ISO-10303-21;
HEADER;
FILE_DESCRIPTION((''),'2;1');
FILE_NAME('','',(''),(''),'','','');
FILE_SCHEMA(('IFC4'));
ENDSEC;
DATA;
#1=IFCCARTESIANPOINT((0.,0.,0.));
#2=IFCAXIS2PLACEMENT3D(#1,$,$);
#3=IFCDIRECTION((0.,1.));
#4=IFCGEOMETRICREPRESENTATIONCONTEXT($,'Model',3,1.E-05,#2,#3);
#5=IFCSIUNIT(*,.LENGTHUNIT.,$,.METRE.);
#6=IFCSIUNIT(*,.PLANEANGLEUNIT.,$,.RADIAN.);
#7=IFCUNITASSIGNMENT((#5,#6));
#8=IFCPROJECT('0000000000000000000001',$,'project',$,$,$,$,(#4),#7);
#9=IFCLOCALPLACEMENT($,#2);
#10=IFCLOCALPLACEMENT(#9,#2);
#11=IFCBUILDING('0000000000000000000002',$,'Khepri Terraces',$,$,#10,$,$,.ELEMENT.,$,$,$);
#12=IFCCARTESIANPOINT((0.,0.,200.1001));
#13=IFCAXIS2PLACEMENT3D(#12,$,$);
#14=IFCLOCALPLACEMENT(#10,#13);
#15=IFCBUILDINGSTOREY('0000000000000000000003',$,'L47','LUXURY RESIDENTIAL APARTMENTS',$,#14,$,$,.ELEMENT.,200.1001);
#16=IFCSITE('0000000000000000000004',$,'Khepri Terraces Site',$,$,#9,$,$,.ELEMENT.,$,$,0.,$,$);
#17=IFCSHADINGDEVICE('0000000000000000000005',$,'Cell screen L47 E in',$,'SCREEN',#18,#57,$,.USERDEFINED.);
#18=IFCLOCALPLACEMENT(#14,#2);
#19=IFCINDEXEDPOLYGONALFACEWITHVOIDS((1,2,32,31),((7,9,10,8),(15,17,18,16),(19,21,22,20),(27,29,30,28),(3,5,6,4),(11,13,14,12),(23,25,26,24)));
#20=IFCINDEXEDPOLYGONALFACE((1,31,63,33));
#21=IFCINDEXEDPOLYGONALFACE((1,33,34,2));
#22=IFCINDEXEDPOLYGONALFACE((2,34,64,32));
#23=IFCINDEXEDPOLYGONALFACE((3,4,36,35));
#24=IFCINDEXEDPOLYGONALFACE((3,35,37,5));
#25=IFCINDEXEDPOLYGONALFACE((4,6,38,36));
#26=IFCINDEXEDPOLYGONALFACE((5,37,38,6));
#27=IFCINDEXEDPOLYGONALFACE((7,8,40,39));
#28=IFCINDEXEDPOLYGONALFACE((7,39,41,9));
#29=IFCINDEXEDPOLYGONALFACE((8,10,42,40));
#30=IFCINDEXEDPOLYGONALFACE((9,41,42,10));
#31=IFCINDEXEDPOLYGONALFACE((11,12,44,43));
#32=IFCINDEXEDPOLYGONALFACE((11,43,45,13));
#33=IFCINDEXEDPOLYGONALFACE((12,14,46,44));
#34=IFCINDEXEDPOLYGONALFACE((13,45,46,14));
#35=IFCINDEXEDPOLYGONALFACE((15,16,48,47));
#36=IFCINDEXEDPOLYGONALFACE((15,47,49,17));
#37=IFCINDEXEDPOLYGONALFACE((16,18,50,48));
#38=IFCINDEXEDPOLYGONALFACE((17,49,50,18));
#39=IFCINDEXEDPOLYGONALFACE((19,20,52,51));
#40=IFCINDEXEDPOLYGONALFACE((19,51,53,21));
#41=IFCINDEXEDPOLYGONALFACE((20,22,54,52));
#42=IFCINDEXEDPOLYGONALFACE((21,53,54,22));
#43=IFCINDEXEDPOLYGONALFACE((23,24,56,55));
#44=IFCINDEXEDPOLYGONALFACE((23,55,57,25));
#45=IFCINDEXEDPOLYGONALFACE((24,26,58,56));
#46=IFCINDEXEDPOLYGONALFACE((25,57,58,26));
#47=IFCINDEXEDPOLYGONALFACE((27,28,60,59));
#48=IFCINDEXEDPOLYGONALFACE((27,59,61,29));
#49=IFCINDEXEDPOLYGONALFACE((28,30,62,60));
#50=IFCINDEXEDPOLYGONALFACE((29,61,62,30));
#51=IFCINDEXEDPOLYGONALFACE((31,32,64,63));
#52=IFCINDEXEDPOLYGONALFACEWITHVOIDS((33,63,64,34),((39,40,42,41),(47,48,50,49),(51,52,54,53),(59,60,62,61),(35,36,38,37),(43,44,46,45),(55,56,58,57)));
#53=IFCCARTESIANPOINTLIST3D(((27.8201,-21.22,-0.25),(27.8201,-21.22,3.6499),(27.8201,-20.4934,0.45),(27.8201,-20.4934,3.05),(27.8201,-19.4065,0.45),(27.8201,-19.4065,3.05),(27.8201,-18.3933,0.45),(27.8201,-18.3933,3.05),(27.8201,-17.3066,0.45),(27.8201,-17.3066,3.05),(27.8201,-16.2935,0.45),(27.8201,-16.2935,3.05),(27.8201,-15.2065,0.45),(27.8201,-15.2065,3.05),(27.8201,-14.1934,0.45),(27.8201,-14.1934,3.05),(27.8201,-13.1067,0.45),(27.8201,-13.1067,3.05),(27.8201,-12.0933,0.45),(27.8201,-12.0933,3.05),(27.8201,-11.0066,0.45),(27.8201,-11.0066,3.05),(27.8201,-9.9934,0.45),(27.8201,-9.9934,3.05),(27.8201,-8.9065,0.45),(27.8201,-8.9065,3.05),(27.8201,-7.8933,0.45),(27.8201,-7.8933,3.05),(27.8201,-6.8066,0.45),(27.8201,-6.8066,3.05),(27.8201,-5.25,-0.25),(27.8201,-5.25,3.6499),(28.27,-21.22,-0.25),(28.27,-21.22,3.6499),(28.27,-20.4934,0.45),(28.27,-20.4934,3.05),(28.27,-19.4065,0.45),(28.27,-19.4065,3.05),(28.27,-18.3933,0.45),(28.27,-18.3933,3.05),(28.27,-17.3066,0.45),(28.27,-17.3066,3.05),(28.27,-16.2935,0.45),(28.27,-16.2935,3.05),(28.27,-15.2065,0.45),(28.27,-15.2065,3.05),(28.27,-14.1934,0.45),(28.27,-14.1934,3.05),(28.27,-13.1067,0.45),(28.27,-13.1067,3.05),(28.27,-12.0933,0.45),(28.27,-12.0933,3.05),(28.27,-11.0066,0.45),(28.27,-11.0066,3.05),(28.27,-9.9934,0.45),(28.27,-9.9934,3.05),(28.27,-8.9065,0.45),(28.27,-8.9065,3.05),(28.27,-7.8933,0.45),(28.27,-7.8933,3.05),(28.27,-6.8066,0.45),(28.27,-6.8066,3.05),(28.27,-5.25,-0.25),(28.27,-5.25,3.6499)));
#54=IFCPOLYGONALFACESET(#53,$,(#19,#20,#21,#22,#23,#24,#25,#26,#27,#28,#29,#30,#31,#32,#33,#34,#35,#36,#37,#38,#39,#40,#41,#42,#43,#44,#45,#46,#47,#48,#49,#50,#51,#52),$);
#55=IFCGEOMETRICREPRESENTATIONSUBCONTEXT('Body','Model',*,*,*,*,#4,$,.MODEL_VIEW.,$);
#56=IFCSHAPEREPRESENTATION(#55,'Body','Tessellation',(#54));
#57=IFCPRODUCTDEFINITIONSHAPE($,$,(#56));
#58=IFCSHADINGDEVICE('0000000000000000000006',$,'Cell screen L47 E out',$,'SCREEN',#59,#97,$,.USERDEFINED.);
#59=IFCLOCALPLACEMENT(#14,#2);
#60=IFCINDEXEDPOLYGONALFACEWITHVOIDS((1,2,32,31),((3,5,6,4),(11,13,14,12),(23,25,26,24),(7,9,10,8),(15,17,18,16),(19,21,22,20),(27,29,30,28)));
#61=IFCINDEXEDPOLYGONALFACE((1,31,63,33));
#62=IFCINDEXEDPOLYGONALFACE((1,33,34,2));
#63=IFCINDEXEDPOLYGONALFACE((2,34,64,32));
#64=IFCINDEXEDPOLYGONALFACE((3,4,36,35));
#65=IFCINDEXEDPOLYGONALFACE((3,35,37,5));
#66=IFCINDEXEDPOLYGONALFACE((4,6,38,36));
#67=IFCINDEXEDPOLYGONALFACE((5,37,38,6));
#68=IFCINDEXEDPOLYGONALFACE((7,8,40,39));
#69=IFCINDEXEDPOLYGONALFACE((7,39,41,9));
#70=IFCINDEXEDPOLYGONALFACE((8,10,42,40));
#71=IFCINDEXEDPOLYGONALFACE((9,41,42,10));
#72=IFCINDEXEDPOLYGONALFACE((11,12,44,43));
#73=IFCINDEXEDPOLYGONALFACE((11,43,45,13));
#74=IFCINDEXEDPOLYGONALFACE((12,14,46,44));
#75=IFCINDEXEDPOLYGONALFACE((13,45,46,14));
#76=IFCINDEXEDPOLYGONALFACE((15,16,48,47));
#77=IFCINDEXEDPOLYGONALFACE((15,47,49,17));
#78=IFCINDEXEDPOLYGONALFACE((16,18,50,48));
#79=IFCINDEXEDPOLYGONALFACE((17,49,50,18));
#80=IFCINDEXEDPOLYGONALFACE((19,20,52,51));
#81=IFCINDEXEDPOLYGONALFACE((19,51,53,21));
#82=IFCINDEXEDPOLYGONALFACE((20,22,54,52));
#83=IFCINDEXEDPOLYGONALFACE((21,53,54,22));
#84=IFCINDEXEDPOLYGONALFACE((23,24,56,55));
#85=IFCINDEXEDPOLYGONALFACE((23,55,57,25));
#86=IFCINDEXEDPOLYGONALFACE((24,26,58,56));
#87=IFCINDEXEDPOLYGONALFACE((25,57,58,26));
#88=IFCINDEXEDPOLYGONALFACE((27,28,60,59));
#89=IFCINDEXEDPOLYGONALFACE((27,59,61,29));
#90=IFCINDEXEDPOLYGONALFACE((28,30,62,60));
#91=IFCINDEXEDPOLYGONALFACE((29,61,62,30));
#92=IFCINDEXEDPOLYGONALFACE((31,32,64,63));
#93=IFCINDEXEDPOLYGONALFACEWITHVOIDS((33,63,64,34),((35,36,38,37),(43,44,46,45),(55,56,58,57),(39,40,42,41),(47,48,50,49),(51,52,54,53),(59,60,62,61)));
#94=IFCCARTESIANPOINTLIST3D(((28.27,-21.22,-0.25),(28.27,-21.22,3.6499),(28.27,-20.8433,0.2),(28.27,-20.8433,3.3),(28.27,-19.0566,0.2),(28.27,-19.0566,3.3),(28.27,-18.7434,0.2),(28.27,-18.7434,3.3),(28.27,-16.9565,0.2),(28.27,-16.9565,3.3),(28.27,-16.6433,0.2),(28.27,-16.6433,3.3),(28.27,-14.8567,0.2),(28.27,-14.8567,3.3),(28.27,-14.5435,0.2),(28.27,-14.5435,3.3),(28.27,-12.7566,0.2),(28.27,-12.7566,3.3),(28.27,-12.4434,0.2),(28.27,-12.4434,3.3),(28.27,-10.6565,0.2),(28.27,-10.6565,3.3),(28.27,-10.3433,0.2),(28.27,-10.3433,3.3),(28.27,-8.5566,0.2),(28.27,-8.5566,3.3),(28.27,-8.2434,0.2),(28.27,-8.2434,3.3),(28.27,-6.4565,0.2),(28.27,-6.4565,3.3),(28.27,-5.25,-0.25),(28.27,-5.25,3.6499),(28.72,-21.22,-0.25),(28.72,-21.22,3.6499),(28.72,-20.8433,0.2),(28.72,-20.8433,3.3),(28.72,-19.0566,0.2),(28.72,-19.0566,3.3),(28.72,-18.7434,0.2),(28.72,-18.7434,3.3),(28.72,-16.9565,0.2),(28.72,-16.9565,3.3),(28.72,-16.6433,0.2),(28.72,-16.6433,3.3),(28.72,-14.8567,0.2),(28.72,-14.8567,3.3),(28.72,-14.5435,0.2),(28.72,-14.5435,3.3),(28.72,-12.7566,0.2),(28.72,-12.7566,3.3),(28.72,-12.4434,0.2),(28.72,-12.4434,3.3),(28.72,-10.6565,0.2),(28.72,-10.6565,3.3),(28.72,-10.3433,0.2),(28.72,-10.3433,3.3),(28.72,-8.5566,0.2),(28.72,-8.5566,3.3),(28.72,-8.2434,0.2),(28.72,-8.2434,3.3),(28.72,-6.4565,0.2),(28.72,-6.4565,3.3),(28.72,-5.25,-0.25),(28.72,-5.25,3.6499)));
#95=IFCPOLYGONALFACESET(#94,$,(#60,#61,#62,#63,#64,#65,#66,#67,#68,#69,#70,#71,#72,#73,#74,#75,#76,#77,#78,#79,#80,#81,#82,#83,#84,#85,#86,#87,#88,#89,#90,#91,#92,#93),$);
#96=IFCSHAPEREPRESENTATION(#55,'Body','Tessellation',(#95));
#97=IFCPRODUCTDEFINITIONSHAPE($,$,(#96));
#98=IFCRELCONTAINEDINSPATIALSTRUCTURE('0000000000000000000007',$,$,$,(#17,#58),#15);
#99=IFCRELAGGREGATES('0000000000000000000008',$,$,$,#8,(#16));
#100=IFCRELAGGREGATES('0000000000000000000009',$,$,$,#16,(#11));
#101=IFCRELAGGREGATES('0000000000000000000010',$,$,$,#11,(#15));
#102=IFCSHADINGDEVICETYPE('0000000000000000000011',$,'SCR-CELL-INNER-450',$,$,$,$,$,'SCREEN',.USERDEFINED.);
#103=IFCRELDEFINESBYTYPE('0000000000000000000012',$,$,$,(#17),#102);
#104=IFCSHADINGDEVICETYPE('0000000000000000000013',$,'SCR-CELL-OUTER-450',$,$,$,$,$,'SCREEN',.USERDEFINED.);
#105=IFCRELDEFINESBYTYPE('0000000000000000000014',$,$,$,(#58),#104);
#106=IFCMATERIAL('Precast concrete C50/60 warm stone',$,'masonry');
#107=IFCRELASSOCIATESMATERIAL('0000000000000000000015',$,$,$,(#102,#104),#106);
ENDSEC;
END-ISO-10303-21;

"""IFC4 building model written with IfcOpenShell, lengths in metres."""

from ifc_helpers import new_model, si_unit, direction, frame, origin, place, context, subcontext, project, spatial, polyline, outline, extrude, material, type_object, element, save


model = new_model("IFC4")

# Units and contexts
model_context = context("Model", 3, precision=1e-05, world=origin(), true_north=direction((0.0, 1.0)))
body_context = subcontext(model_context, "Body", "Model", "MODEL_VIEW")
ifc_project = project(units=[si_unit("LENGTHUNIT", "METRE"), si_unit("PLANEANGLEUNIT", "RADIAN")], contexts=[model_context])

# Site, building, storey
site_placement = place(None, origin())
site = spatial("IfcSite", under=ifc_project, at=site_placement, Name="Khepri Terraces Site", CompositionType="ELEMENT", RefElevation=0.0)
building_placement = place(site_placement, origin())
building = spatial("IfcBuilding", under=site, at=building_placement, Name="Khepri Terraces", CompositionType="ELEMENT")
storey_placement = place(building_placement, frame((0.0, 0.0, 200.1001)))
storey = spatial("IfcBuildingStorey", under=building, at=storey_placement, Name="L47", Description="LUXURY RESIDENTIAL APARTMENTS", CompositionType="ELEMENT", Elevation=200.1001)

# Shared definitions
ifc_material_1 = material(Name="Precast concrete C50/60 warm stone", Category="masonry")

# Shading devices
shading_device_type_1 = type_object("IfcShadingDeviceType", Name="SCR-CELL-INNER-450", ElementType="SCREEN", PredefinedType="USERDEFINED", material=ifc_material_1)
shading_device_1_placement = place(storey_placement, frame((27.8201, -21.22, -0.25), z_axis=(1.0, 0.0, 0.0), x_axis=(0.0, 1.0, 0.0)))
element("IfcShadingDevice", 1, at=shading_device_1_placement, inside=storey, type_object=shading_device_type_1, Name="Cell screen L47 E in", ObjectType="SCREEN", PredefinedType="USERDEFINED", context=body_context, shape_type="SweptSolid", body=[
    extrude(outline(polyline([(0.0, 0.0), (15.97, 0.0), (15.97, 3.8999), (0.0, 3.8999), (0.0, 0.0)]), holes=[polyline([(0.7266, 0.7), (1.8135, 0.7), (1.8135, 3.3), (0.7266, 3.3), (0.7266, 0.7)]), polyline([(2.8267, 0.7), (3.9133, 0.7), (3.9133, 3.3), (2.8267, 3.3), (2.8267, 0.7)]), polyline([(4.9265, 0.7), (6.0134, 0.7), (6.0134, 3.3), (4.9265, 3.3), (4.9265, 0.7)]), polyline([(7.0266, 0.7), (8.1133, 0.7), (8.1133, 3.3), (7.0266, 3.3), (7.0266, 0.7)]), polyline([(9.1267, 0.7), (10.2134, 0.7), (10.2134, 3.3), (9.1267, 3.3), (9.1267, 0.7)]), polyline([(11.2266, 0.7), (12.3135, 0.7), (12.3135, 3.3), (11.2266, 3.3), (11.2266, 0.7)]), polyline([(13.3267, 0.7), (14.4133, 0.7), (14.4133, 3.3), (13.3267, 3.3), (13.3267, 0.7)])]), origin(), (0.0, 0.0, 1.0), 0.45),
])
shading_device_type_2 = type_object("IfcShadingDeviceType", Name="SCR-CELL-OUTER-450", ElementType="SCREEN", PredefinedType="USERDEFINED", material=ifc_material_1)
shading_device_2_placement = place(storey_placement, frame((28.27, -21.22, -0.25), z_axis=(1.0, 0.0, 0.0), x_axis=(0.0, 1.0, 0.0)))
element("IfcShadingDevice", 2, at=shading_device_2_placement, inside=storey, type_object=shading_device_type_2, Name="Cell screen L47 E out", ObjectType="SCREEN", PredefinedType="USERDEFINED", context=body_context, shape_type="SweptSolid", body=[
    extrude(outline(polyline([(0.0, 0.0), (15.97, 0.0), (15.97, 3.8999), (0.0, 3.8999), (0.0, 0.0)]), holes=[polyline([(0.3767, 0.45), (2.1633, 0.45), (2.1633, 3.55), (0.3767, 3.55), (0.3767, 0.45)]), polyline([(2.4766, 0.45), (4.2634, 0.45), (4.2634, 3.55), (2.4766, 3.55), (2.4766, 0.45)]), polyline([(4.5767, 0.45), (6.3633, 0.45), (6.3633, 3.55), (4.5767, 3.55), (4.5767, 0.45)]), polyline([(6.6765, 0.45), (8.4634, 0.45), (8.4634, 3.55), (6.6765, 3.55), (6.6765, 0.45)]), polyline([(8.7766, 0.45), (10.5635, 0.45), (10.5635, 3.55), (8.7766, 3.55), (8.7766, 0.45)]), polyline([(10.8767, 0.45), (12.6633, 0.45), (12.6633, 3.55), (10.8767, 3.55), (10.8767, 0.45)]), polyline([(12.9766, 0.45), (14.7634, 0.45), (14.7634, 3.55), (12.9766, 3.55), (12.9766, 0.45)])]), origin(), (0.0, 0.0, 1.0), 0.45),
])

save(model, "model.ifc")
